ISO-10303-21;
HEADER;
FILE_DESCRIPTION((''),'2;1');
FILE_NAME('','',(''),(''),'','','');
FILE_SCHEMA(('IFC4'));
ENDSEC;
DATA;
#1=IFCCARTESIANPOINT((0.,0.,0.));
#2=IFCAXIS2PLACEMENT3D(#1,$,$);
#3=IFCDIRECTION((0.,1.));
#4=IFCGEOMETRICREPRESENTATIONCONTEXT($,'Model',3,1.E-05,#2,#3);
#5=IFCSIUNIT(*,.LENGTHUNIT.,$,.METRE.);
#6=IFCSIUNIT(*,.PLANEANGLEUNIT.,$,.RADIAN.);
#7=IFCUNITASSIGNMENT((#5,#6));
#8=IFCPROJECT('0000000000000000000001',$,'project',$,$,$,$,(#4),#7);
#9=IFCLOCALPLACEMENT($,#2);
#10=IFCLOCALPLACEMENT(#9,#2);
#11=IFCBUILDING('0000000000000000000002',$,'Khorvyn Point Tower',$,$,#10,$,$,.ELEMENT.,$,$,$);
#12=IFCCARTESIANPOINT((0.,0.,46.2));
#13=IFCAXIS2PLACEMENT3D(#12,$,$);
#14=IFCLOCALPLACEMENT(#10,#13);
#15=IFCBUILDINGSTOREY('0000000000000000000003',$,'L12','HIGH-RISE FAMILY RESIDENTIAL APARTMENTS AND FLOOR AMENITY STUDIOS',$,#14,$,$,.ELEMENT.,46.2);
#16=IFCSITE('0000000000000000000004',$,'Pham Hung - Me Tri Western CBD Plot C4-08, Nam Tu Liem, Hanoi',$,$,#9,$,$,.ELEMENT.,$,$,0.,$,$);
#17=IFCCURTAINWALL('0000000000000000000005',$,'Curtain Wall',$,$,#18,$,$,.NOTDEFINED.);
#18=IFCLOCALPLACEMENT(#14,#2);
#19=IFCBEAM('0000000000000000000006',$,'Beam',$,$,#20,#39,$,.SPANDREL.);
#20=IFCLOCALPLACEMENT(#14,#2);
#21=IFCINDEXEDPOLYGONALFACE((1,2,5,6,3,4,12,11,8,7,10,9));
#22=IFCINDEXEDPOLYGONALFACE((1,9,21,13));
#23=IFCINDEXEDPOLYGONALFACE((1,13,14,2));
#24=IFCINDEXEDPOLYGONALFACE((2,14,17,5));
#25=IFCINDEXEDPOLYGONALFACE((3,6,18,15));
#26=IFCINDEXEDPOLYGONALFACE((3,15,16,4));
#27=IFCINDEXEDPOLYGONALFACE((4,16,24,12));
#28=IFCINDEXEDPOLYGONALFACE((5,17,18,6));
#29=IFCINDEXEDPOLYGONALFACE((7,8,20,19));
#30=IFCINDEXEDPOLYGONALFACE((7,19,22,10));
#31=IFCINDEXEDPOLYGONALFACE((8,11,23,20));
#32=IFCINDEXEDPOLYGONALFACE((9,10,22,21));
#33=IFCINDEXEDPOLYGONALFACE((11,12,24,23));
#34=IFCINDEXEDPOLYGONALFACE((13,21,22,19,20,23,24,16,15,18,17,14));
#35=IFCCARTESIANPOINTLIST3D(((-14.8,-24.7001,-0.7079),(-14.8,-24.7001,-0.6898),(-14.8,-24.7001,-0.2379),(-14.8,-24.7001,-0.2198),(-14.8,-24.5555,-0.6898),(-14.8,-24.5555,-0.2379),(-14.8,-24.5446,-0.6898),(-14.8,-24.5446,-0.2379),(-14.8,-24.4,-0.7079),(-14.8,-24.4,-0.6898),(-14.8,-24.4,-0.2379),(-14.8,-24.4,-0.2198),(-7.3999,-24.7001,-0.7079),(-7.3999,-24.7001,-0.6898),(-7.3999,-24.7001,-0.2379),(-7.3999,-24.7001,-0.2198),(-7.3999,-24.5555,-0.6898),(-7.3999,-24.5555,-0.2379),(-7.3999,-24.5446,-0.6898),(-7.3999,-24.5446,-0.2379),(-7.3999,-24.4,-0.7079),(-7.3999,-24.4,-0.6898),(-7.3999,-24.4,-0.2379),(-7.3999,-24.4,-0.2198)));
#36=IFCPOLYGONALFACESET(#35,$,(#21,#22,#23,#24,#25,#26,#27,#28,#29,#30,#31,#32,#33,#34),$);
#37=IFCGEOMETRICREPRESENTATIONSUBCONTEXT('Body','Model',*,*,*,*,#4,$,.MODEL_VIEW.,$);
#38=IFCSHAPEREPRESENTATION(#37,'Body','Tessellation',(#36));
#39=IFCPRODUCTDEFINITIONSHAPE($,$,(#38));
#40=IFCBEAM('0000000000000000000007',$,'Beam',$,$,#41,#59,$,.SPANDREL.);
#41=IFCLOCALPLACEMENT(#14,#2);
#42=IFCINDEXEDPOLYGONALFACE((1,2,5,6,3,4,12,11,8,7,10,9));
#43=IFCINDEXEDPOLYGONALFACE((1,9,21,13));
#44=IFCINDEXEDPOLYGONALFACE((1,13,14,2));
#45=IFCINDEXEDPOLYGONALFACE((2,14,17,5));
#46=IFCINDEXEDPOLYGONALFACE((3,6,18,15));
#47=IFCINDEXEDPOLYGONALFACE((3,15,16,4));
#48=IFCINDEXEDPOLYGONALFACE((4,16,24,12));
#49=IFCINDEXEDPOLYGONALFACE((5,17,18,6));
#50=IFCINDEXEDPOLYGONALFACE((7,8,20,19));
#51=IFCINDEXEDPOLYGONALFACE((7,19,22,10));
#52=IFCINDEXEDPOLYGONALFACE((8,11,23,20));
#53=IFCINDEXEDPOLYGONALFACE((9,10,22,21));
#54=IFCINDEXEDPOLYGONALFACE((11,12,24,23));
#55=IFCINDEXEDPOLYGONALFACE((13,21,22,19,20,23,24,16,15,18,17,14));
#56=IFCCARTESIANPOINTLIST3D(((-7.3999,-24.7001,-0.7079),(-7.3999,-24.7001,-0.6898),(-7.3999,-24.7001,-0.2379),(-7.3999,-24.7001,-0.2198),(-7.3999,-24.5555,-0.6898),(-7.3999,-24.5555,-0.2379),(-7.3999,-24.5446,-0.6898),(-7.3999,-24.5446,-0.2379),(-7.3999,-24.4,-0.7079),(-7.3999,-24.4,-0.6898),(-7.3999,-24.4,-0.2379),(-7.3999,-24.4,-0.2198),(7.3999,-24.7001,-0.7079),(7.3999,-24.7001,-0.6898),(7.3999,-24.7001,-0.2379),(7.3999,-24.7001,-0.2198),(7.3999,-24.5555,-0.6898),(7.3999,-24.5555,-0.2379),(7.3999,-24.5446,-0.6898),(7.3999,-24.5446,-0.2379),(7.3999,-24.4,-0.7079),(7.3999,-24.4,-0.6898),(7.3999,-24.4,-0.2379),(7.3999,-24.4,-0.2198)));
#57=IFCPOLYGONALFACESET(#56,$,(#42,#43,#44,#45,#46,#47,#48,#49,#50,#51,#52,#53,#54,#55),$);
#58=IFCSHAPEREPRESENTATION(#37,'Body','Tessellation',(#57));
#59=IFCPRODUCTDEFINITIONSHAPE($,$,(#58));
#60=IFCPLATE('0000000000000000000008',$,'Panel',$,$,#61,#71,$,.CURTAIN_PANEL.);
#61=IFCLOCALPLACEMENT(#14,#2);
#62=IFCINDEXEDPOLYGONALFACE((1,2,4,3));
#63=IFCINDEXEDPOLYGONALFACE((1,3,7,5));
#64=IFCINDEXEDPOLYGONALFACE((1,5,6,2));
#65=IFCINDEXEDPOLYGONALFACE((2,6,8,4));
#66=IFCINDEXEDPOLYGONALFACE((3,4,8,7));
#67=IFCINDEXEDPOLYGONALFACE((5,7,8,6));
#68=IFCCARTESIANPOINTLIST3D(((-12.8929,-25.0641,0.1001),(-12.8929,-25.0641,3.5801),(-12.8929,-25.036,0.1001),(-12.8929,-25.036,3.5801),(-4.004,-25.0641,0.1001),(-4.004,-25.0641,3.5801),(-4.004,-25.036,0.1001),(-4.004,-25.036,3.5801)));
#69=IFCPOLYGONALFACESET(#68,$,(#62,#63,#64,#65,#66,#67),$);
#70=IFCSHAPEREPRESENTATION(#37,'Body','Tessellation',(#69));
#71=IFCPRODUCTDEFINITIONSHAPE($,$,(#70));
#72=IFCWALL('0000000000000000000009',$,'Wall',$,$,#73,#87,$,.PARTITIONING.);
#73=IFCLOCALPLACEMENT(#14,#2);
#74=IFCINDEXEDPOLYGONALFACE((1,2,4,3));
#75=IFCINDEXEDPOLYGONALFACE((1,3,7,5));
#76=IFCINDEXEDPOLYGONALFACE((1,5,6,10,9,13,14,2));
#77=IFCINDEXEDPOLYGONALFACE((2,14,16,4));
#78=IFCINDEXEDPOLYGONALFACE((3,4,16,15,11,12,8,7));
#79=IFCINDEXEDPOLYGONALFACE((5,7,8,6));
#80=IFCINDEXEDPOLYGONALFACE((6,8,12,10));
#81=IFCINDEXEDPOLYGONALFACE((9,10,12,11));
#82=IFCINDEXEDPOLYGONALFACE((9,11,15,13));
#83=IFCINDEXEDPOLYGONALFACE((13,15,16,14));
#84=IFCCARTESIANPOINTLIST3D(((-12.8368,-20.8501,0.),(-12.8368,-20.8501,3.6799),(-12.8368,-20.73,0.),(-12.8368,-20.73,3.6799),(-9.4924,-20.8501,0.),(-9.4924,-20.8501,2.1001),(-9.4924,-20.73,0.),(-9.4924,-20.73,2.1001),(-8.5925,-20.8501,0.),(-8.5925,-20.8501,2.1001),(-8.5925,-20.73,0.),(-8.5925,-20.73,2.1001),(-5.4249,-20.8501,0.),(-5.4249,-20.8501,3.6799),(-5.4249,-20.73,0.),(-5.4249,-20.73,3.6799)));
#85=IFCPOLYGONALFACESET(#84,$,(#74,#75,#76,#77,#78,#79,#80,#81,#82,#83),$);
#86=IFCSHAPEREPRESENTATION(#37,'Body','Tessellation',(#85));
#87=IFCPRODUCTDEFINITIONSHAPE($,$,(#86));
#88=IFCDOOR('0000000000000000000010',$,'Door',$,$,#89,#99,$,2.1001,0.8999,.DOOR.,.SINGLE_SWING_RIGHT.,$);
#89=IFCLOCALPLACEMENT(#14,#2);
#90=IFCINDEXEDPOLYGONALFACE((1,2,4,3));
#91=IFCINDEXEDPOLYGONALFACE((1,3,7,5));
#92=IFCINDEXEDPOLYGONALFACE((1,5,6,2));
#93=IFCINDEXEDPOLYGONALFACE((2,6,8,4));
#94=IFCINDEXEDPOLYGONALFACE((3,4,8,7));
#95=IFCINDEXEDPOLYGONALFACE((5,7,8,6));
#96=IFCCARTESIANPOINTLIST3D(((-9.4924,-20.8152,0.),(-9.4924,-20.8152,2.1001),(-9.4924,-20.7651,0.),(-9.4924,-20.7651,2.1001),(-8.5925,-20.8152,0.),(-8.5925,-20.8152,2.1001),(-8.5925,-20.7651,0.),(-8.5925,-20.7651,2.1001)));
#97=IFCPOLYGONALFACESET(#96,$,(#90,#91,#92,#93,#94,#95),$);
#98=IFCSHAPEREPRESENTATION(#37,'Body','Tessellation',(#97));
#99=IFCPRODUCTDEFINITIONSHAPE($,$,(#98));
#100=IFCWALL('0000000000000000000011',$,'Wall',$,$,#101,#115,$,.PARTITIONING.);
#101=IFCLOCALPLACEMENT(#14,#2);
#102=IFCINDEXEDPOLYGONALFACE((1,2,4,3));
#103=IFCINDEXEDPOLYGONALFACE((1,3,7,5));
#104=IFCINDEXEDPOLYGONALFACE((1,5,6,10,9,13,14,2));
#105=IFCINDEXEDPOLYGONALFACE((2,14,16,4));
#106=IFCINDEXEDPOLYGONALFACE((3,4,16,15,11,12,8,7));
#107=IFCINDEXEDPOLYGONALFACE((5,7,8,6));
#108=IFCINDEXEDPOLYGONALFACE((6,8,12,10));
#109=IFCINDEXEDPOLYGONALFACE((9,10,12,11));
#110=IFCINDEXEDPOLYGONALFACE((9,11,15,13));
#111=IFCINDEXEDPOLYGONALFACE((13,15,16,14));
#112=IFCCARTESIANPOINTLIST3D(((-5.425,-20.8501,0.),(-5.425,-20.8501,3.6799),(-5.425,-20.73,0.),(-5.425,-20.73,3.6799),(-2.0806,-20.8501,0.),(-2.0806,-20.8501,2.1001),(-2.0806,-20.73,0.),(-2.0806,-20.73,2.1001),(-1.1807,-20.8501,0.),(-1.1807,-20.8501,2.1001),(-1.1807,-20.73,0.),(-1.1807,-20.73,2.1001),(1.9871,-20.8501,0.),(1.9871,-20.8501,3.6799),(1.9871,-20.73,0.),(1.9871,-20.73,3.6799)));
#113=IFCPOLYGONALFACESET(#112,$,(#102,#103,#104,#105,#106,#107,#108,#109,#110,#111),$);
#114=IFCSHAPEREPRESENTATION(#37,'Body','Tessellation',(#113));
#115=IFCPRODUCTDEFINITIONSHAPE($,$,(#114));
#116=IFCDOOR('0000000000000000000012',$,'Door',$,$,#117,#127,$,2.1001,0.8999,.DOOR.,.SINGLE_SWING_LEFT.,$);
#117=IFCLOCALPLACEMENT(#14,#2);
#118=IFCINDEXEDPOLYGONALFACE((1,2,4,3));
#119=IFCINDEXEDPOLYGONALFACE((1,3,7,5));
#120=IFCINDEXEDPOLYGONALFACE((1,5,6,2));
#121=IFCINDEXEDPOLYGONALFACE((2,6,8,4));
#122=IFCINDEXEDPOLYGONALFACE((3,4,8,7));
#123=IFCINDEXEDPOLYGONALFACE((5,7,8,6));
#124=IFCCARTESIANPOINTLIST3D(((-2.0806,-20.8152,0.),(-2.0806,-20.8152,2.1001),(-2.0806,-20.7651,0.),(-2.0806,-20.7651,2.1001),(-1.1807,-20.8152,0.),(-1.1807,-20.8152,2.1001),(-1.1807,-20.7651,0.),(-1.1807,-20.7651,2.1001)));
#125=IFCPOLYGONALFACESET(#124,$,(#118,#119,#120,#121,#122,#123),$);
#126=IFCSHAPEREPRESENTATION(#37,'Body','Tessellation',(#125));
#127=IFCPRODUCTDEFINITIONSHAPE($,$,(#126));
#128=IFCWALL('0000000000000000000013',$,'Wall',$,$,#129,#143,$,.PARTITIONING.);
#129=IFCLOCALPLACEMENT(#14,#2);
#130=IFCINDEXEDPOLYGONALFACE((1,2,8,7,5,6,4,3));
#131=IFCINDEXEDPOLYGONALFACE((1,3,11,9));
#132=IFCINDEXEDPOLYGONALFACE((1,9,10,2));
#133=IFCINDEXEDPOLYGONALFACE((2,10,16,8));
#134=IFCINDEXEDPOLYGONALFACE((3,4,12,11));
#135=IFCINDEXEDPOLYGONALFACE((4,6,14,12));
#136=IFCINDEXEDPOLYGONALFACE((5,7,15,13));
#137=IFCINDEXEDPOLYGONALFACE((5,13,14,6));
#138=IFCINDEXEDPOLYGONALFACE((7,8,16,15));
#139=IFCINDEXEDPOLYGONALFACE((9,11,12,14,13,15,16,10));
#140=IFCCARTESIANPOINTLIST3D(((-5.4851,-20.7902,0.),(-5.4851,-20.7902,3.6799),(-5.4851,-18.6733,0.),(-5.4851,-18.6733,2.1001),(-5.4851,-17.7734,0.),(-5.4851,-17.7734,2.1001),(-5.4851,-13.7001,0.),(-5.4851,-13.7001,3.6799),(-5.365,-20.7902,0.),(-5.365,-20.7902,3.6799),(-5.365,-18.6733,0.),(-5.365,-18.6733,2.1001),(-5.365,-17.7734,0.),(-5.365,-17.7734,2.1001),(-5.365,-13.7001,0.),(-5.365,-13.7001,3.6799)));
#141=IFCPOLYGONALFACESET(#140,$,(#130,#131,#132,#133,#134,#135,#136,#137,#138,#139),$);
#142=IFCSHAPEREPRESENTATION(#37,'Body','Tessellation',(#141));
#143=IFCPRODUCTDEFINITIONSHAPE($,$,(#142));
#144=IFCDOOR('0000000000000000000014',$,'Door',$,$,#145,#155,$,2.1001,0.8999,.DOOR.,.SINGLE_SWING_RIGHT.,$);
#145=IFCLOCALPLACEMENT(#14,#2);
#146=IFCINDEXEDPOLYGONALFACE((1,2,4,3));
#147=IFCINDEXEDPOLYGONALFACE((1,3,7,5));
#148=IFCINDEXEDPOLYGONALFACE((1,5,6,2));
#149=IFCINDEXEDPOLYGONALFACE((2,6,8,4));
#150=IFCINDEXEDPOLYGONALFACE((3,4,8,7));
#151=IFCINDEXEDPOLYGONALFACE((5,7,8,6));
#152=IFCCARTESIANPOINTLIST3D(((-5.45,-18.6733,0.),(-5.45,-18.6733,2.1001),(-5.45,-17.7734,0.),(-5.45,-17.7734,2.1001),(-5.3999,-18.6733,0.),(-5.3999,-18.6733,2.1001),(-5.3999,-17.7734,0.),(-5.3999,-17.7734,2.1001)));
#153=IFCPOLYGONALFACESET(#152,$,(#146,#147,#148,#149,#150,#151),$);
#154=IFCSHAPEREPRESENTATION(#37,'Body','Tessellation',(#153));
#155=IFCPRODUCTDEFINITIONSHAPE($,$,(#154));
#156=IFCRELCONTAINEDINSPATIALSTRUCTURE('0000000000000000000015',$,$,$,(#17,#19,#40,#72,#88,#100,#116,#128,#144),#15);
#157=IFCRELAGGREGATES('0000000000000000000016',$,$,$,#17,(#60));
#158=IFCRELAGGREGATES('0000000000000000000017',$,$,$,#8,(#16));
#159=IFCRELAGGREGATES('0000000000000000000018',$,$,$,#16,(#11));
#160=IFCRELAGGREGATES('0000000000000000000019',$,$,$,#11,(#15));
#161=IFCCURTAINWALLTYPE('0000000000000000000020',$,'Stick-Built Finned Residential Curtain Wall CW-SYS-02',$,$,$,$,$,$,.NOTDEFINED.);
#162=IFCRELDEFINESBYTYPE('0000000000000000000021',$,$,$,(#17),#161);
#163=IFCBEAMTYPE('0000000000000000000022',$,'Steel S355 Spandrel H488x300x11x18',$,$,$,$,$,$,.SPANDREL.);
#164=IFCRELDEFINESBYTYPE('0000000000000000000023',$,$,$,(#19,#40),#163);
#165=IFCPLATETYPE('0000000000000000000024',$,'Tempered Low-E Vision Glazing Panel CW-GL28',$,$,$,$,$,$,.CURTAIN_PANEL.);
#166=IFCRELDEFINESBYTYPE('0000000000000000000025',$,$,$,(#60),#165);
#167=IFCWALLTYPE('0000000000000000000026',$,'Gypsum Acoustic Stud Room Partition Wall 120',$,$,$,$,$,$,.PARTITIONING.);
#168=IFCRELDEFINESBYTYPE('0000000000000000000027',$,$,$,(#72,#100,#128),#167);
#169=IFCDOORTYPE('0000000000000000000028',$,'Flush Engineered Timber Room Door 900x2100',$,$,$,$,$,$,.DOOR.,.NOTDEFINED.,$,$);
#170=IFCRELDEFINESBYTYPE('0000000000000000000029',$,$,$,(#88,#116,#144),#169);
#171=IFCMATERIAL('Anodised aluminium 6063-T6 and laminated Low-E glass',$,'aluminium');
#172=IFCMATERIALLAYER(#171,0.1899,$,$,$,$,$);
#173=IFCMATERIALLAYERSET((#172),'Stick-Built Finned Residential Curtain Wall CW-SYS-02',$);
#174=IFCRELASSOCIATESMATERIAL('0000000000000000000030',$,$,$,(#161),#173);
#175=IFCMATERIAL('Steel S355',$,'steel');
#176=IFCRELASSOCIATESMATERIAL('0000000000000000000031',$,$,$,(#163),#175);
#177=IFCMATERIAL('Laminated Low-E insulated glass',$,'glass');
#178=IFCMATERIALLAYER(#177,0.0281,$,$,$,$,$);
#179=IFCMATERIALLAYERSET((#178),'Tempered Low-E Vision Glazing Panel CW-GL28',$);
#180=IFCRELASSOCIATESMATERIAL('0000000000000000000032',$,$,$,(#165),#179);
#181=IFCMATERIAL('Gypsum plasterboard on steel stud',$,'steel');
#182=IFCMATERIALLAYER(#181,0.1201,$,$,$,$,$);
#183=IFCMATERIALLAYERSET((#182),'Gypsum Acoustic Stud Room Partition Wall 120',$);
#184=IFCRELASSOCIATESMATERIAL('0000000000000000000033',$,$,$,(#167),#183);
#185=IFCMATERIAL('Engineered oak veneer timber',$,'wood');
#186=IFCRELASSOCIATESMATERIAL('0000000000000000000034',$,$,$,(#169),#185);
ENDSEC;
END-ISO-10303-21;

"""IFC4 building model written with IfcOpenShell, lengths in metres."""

from ifc_helpers import new_model, si_unit, direction, frame, frame_2d, origin, origin_2d, place, context, subcontext, project, spatial, rectangle, i_section, extrude, material, layer, layer_set, material_profile, profile_set, type_object, element, fill, aggregate, save


model = new_model("IFC4")

# Units and contexts
model_context = context("Model", 3, precision=1e-05, world=origin(), true_north=direction((0.0, 1.0)))
body_context = subcontext(model_context, "Body", "Model", "MODEL_VIEW")
ifc_project = project(units=[si_unit("LENGTHUNIT", "METRE"), si_unit("PLANEANGLEUNIT", "RADIAN")], contexts=[model_context])

# Site, building, storey
site_placement = place(None, origin())
site = spatial("IfcSite", under=ifc_project, at=site_placement, Name="Pham Hung - Me Tri Western CBD Plot C4-08, Nam Tu Liem, Hanoi", CompositionType="ELEMENT", RefElevation=0.0)
building_placement = place(site_placement, origin())
building = spatial("IfcBuilding", under=site, at=building_placement, Name="Khorvyn Point Tower", CompositionType="ELEMENT")
storey_placement = place(building_placement, frame((0.0, 0.0, 46.2)))
storey = spatial("IfcBuildingStorey", under=building, at=storey_placement, Name="L12", Description="HIGH-RISE FAMILY RESIDENTIAL APARTMENTS AND FLOOR AMENITY STUDIOS", CompositionType="ELEMENT", Elevation=46.2)

# Curtain wall
ifc_material_1 = material(Name="Anodised aluminium 6063-T6 and laminated Low-E glass", Category="aluminium")
ifc_layer_1 = layer(ifc_material_1, 0.1899)
ifc_layer_set_1 = layer_set([ifc_layer_1], Name="Stick-Built Finned Residential Curtain Wall CW-SYS-02")
curtain_wall_type = type_object("IfcCurtainWallType", Name="Stick-Built Finned Residential Curtain Wall CW-SYS-02", PredefinedType="NOTDEFINED", material=ifc_layer_set_1)
curtain_wall_placement = place(storey_placement, origin())
curtain_wall = element("IfcCurtainWall", 1, at=curtain_wall_placement, inside=storey, type_object=curtain_wall_type, Name="Curtain Wall", PredefinedType="NOTDEFINED")

# Beams
ifc_material_2 = material(Name="Steel S355", Category="steel")
ifc_material_profile_1 = material_profile(ifc_material_2, i_section(OverallWidth=0.3, OverallDepth=0.488, WebThickness=0.011, FlangeThickness=0.0181, at=origin_2d()))
ifc_profile_set_1 = profile_set([ifc_material_profile_1], Name="Steel S355 H488x300x11x18")
beam_type_1 = type_object("IfcBeamType", Name="Steel S355 Spandrel H488x300x11x18", PredefinedType="SPANDREL", material=ifc_profile_set_1)
beam_1_placement = place(storey_placement, frame((-14.8, -24.55, -0.4639), z_axis=(1.0, 0.0, 0.0), x_axis=(0.0, 1.0, 0.0)))
element("IfcBeam", 2, at=beam_1_placement, inside=storey, type_object=beam_type_1, Name="Beam", PredefinedType="SPANDREL", context=body_context, shape_type="SweptSolid", body=[
    extrude(i_section(OverallWidth=0.3, OverallDepth=0.488, WebThickness=0.011, FlangeThickness=0.0181, at=origin_2d()), origin(), (0.0, 0.0, 1.0), 7.4001),
])
beam_2_placement = place(storey_placement, frame((-7.3999, -24.55, -0.4639), z_axis=(1.0, 0.0, 0.0), x_axis=(0.0, 1.0, 0.0)))
element("IfcBeam", 3, at=beam_2_placement, inside=storey, type_object=beam_type_1, Name="Beam", PredefinedType="SPANDREL", context=body_context, shape_type="SweptSolid", body=[
    extrude(i_section(OverallWidth=0.3, OverallDepth=0.488, WebThickness=0.011, FlangeThickness=0.0181, at=origin_2d()), origin(), (0.0, 0.0, 1.0), 14.7998),
])

# Plate
ifc_material_3 = material(Name="Laminated Low-E insulated glass", Category="glass")
ifc_layer_2 = layer(ifc_material_3, 0.0281)
ifc_layer_set_2 = layer_set([ifc_layer_2], Name="Tempered Low-E Vision Glazing Panel CW-GL28")
plate_type = type_object("IfcPlateType", Name="Tempered Low-E Vision Glazing Panel CW-GL28", PredefinedType="CURTAIN_PANEL", material=ifc_layer_set_2)
plate_placement = place(storey_placement, frame((-8.4485, -25.05, 0.1001), z_axis=(0.0, 0.0, 1.0), x_axis=(-1.0, 0.0, 0.0)))
plate = element("IfcPlate", 4, at=plate_placement, type_object=plate_type, Name="Panel", PredefinedType="CURTAIN_PANEL", context=body_context, shape_type="SweptSolid", body=[
    extrude(rectangle(XDim=8.8889, YDim=0.0281, at=origin_2d()), origin(), (0.0, 0.0, 1.0), 3.48),
])
aggregate(curtain_wall, [plate])

# Walls, openings, doors
ifc_material_4 = material(Name="Gypsum plasterboard on steel stud", Category="steel")
ifc_layer_3 = layer(ifc_material_4, 0.1201)
ifc_layer_set_3 = layer_set([ifc_layer_3], Name="Gypsum Acoustic Stud Room Partition Wall 120")
wall_type_1 = type_object("IfcWallType", Name="Gypsum Acoustic Stud Room Partition Wall 120", PredefinedType="PARTITIONING", material=ifc_layer_set_3)
wall_1_placement = place(storey_placement, frame((-12.8369, -20.79, 0.0), z_axis=(0.0, 0.0, 1.0), x_axis=(1.0, 0.0, 0.0)))
wall_1 = element("IfcWall", 5, at=wall_1_placement, inside=storey, type_object=wall_type_1, Name="Wall", PredefinedType="PARTITIONING", context=body_context, shape_type="SweptSolid", body=[
    extrude(rectangle(XDim=7.4119, YDim=0.1201, at=frame_2d((3.7061, 0.0))), origin(), (0.0, 0.0, 1.0), 3.6799),
])
opening_1_placement = place(wall_1_placement, frame((3.3445, 0.0, 0.0)))
opening_1 = element("IfcOpeningElement", 6, at=opening_1_placement, cuts=wall_1, PredefinedType="OPENING", context=body_context, shape_type="SweptSolid", body=[
    extrude(rectangle(XDim=0.8999, YDim=2.1001, at=frame_2d((0.45, 1.05))), frame((0.0, 0.0701, 0.0), z_axis=(0.0, -1.0, 0.0), x_axis=(1.0, 0.0, 0.0)), (0.0, 0.0, 1.0), 0.1401),
])
ifc_material_5 = material(Name="Engineered oak veneer timber", Category="wood")
door_type_1 = type_object("IfcDoorType", Name="Flush Engineered Timber Room Door 900x2100", OperationType="NOTDEFINED", PredefinedType="DOOR", material=ifc_material_5)
door_1_placement = place(opening_1_placement, origin())
door_1 = element("IfcDoor", 7, at=door_1_placement, inside=storey, type_object=door_type_1, Name="Door", OperationType="SINGLE_SWING_RIGHT", OverallHeight=2.1001, OverallWidth=0.8999, PredefinedType="DOOR", context=body_context, shape_type="SweptSolid", body=[
    extrude(rectangle(XDim=0.8999, YDim=2.1001, at=frame_2d((0.45, 1.05))), frame((0.0, 0.0249, 0.0), z_axis=(0.0, -1.0, 0.0), x_axis=(1.0, 0.0, 0.0)), (0.0, 0.0, 1.0), 0.05),
])
fill(opening_1, door_1)
wall_2_placement = place(storey_placement, frame((-5.425, -20.79, 0.0), z_axis=(0.0, 0.0, 1.0), x_axis=(1.0, 0.0, 0.0)))
wall_2 = element("IfcWall", 8, at=wall_2_placement, inside=storey, type_object=wall_type_1, Name="Wall", PredefinedType="PARTITIONING", context=body_context, shape_type="SweptSolid", body=[
    extrude(rectangle(XDim=7.4121, YDim=0.1201, at=frame_2d((3.7061, 0.0))), origin(), (0.0, 0.0, 1.0), 3.6799),
])
opening_2_placement = place(wall_2_placement, frame((3.3445, 0.0, 0.0)))
opening_2 = element("IfcOpeningElement", 9, at=opening_2_placement, cuts=wall_2, PredefinedType="OPENING", context=body_context, shape_type="SweptSolid", body=[
    extrude(rectangle(XDim=0.8999, YDim=2.1001, at=frame_2d((0.45, 1.05))), frame((0.0, 0.0701, 0.0), z_axis=(0.0, -1.0, 0.0), x_axis=(1.0, 0.0, 0.0)), (0.0, 0.0, 1.0), 0.1401),
])
door_2_placement = place(opening_2_placement, origin())
door_2 = element("IfcDoor", 10, at=door_2_placement, inside=storey, type_object=door_type_1, Name="Door", OperationType="SINGLE_SWING_LEFT", OverallHeight=2.1001, OverallWidth=0.8999, PredefinedType="DOOR", context=body_context, shape_type="SweptSolid", body=[
    extrude(rectangle(XDim=0.8999, YDim=2.1001, at=frame_2d((0.45, 1.05))), frame((0.0, 0.0249, 0.0), z_axis=(0.0, -1.0, 0.0), x_axis=(1.0, 0.0, 0.0)), (0.0, 0.0, 1.0), 0.05),
])
fill(opening_2, door_2)
wall_3_placement = place(storey_placement, frame((-5.425, -20.79, 0.0), z_axis=(0.0, 0.0, 1.0), x_axis=(0.0, 1.0, 0.0)))
wall_3 = element("IfcWall", 11, at=wall_3_placement, inside=storey, type_object=wall_type_1, Name="Wall", PredefinedType="PARTITIONING", context=body_context, shape_type="SweptSolid", body=[
    extrude(rectangle(XDim=7.0901, YDim=0.1201, at=frame_2d((3.5449, 0.0))), origin(), (0.0, 0.0, 1.0), 3.6799),
])
opening_3_placement = place(wall_3_placement, frame((2.1167, 0.0, 0.0)))
opening_3 = element("IfcOpeningElement", 12, at=opening_3_placement, cuts=wall_3, PredefinedType="OPENING", context=body_context, shape_type="SweptSolid", body=[
    extrude(rectangle(XDim=0.8999, YDim=2.1001, at=frame_2d((0.45, 1.05))), frame((0.0, 0.0701, 0.0), z_axis=(0.0, -1.0, 0.0), x_axis=(1.0, 0.0, 0.0)), (0.0, 0.0, 1.0), 0.1401),
])
door_3_placement = place(opening_3_placement, origin())
door_3 = element("IfcDoor", 13, at=door_3_placement, inside=storey, type_object=door_type_1, Name="Door", OperationType="SINGLE_SWING_RIGHT", OverallHeight=2.1001, OverallWidth=0.8999, PredefinedType="DOOR", context=body_context, shape_type="SweptSolid", body=[
    extrude(rectangle(XDim=0.8999, YDim=2.1001, at=frame_2d((0.45, 1.05))), frame((0.0, 0.0249, 0.0), z_axis=(0.0, -1.0, 0.0), x_axis=(1.0, 0.0, 0.0)), (0.0, 0.0, 1.0), 0.05),
])
fill(opening_3, door_3)

save(model, "model.ifc")
